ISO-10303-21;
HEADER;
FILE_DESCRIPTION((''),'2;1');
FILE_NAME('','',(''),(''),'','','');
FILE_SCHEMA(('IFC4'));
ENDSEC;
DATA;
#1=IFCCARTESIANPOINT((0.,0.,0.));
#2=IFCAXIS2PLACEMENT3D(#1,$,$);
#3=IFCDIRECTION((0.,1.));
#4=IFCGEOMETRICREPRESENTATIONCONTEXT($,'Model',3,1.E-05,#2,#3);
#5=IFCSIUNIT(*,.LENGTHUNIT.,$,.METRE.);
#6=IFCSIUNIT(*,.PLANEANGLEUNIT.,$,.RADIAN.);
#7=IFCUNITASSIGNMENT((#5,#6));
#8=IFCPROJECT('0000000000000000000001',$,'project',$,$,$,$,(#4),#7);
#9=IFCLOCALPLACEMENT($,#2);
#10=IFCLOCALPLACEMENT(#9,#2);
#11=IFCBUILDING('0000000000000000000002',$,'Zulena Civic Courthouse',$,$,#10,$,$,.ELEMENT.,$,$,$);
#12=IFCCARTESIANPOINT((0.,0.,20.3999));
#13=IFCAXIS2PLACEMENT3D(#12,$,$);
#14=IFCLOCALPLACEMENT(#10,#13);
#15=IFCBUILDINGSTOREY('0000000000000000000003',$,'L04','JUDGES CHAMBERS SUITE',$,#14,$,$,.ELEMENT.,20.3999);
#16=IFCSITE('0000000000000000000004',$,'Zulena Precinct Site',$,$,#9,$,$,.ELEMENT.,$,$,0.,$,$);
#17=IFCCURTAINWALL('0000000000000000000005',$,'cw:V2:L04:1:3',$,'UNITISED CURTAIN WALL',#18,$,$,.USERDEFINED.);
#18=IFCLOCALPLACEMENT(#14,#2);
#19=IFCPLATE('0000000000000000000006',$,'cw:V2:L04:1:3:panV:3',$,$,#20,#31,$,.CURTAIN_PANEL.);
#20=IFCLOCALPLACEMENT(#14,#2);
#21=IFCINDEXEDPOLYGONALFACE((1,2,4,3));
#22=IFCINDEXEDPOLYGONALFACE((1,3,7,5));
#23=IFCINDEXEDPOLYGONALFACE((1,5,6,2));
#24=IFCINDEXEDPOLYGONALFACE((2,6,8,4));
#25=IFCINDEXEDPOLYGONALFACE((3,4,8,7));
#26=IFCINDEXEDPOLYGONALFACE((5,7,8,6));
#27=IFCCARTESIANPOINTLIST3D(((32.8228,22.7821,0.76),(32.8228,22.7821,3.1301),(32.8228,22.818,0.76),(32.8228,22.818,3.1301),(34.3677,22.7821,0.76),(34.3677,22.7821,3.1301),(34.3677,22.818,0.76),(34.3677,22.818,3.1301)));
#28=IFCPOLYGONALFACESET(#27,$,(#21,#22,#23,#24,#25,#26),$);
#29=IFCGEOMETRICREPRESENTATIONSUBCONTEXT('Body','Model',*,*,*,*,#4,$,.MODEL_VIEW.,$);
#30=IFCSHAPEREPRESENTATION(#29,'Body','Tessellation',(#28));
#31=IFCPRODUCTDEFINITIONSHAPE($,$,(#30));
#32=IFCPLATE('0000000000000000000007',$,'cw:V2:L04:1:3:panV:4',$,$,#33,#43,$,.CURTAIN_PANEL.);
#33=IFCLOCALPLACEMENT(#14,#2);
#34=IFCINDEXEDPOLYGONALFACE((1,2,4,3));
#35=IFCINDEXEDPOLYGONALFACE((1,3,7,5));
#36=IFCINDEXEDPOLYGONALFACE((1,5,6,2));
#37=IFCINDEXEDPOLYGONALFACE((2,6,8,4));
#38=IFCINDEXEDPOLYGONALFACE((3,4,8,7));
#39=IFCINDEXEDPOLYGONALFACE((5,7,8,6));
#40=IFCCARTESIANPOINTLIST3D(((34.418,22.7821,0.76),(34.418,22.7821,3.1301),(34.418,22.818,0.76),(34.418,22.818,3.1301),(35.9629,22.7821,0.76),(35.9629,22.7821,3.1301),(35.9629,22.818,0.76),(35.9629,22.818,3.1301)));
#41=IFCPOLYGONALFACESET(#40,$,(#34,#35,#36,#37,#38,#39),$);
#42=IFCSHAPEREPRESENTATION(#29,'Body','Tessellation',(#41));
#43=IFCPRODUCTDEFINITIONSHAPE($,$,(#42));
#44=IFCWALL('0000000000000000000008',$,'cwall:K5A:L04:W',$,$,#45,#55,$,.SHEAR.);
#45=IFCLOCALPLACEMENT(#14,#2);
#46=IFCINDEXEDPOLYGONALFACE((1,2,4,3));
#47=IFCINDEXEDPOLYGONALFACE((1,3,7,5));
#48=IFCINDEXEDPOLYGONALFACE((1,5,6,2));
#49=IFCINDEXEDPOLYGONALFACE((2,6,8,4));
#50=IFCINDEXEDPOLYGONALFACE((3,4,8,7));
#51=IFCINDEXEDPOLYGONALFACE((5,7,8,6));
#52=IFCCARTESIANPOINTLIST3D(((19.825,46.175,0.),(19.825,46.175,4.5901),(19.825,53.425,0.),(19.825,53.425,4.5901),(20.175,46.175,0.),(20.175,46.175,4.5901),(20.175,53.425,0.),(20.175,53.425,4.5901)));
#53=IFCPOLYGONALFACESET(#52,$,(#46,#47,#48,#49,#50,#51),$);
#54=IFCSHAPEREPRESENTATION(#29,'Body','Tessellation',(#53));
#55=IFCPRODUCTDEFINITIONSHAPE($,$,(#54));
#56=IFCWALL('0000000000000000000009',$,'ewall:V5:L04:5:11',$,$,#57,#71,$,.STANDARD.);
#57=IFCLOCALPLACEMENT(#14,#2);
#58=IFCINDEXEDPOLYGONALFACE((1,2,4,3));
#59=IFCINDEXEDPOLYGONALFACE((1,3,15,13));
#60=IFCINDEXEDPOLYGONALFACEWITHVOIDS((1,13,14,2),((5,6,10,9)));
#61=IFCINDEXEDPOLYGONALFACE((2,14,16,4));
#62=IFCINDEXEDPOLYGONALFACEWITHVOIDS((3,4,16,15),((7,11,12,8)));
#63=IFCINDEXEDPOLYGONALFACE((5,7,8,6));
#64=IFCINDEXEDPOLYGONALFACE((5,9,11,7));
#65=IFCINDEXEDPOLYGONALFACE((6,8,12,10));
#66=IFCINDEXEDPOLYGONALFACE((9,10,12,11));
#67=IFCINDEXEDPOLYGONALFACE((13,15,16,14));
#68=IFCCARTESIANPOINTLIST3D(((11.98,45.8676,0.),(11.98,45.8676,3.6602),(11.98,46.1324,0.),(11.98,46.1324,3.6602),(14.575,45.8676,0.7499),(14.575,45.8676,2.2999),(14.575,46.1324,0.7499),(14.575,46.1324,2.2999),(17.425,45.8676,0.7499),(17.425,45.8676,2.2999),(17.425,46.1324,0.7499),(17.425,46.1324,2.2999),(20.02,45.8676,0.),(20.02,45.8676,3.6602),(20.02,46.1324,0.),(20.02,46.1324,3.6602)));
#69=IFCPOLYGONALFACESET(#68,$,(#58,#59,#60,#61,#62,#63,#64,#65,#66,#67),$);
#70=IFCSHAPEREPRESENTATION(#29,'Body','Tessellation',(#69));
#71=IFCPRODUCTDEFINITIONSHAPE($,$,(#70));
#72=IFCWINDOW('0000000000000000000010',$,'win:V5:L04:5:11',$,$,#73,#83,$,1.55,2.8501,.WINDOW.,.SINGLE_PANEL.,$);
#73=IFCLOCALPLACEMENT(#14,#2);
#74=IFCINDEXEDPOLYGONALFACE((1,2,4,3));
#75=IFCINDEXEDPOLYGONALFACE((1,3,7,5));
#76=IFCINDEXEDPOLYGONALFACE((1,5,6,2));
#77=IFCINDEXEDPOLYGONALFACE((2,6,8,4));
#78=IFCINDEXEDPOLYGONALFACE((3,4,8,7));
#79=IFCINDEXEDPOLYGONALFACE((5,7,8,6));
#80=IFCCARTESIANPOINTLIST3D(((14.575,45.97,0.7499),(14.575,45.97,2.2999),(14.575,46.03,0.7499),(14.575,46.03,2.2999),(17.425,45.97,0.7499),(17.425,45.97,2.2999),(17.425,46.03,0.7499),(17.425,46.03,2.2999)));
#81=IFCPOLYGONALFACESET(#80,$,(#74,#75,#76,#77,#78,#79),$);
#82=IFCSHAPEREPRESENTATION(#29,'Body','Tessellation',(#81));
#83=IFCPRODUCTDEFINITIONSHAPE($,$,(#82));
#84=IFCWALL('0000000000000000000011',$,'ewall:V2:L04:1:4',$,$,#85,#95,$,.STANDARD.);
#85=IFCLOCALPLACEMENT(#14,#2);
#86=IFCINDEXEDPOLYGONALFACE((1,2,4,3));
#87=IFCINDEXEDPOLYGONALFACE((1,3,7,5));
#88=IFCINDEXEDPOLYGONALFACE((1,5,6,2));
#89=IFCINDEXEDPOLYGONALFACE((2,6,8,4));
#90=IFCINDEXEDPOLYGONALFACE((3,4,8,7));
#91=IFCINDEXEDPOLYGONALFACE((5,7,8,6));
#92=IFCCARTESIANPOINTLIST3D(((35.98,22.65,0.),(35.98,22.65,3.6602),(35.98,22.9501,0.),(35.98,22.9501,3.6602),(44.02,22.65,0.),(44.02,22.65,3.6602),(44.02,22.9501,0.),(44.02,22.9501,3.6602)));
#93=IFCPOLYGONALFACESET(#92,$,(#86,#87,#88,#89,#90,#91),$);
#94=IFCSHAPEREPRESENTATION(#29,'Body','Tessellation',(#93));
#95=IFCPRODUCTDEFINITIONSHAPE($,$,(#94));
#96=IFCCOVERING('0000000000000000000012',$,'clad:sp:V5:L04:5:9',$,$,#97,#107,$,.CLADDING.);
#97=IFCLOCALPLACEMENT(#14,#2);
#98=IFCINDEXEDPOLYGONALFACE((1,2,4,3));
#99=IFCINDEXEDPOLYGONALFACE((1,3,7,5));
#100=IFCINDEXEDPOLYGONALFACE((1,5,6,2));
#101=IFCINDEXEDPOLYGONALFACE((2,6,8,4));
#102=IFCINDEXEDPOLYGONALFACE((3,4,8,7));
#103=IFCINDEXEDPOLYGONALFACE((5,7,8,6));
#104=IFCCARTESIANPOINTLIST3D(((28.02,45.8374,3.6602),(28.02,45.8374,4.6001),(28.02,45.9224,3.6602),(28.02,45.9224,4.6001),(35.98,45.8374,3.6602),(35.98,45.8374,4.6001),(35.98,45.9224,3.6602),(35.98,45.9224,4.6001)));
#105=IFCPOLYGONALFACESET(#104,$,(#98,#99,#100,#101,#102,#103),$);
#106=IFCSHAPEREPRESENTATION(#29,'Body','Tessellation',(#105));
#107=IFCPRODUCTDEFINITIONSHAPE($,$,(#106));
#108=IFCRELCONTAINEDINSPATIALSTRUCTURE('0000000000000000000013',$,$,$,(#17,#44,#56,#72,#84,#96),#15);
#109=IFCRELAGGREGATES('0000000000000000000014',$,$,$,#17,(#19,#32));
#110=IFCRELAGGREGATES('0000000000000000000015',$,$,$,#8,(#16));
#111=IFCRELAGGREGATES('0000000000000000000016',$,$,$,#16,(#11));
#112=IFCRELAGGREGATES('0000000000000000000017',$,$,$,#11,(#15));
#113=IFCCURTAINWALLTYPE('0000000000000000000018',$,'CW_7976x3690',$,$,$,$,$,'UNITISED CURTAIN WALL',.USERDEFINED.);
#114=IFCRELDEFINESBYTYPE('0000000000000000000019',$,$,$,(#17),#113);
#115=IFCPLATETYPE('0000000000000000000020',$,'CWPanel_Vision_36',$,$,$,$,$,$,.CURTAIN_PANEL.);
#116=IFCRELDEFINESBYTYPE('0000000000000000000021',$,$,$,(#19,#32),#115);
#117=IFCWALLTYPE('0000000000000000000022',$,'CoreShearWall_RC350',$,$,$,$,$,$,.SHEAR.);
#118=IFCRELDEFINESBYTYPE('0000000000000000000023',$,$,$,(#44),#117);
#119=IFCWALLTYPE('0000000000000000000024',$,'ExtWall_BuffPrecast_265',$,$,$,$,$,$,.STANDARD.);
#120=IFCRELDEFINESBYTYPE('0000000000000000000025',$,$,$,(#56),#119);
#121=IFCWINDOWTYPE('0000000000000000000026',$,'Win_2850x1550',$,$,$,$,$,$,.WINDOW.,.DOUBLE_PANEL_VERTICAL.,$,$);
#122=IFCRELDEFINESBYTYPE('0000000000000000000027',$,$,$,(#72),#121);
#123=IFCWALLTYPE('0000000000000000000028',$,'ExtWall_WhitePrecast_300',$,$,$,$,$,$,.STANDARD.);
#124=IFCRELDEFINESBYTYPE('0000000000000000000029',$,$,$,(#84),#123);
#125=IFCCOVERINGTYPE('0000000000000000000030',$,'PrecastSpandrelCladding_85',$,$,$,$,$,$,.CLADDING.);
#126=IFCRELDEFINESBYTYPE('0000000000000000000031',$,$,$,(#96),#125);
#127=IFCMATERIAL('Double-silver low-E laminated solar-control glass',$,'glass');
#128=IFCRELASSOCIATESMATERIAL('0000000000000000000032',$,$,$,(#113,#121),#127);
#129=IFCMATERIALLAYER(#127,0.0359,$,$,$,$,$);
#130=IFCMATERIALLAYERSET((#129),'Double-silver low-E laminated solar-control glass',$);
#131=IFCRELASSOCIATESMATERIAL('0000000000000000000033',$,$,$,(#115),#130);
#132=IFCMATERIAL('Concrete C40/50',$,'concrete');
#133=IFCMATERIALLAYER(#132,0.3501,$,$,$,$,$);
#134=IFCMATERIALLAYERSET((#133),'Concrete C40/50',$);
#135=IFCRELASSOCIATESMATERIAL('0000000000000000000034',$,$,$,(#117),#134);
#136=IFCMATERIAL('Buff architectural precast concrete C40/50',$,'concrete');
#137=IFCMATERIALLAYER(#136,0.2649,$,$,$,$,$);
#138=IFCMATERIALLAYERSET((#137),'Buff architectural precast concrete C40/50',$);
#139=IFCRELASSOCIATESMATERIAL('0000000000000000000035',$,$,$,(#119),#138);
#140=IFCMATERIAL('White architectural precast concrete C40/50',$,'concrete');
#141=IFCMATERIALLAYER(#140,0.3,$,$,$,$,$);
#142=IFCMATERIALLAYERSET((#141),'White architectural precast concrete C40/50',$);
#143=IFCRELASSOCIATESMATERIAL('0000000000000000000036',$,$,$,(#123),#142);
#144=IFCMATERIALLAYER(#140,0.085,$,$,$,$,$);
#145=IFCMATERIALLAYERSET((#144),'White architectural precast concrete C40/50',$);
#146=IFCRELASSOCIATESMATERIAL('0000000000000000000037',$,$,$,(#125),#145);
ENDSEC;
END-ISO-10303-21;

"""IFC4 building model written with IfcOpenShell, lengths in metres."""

from ifc_helpers import new_model, si_unit, direction, frame, frame_2d, origin, origin_2d, place, context, subcontext, project, spatial, rectangle, extrude, material, layer, layer_set, type_object, element, fill, aggregate, save


model = new_model("IFC4")

# Units and contexts
model_context = context("Model", 3, precision=1e-05, world=origin(), true_north=direction((0.0, 1.0)))
body_context = subcontext(model_context, "Body", "Model", "MODEL_VIEW")
ifc_project = project(units=[si_unit("LENGTHUNIT", "METRE"), si_unit("PLANEANGLEUNIT", "RADIAN")], contexts=[model_context])

# Site, building, storey
site_placement = place(None, origin())
site = spatial("IfcSite", under=ifc_project, at=site_placement, Name="Zulena Precinct Site", CompositionType="ELEMENT", RefElevation=0.0)
building_placement = place(site_placement, origin())
building = spatial("IfcBuilding", under=site, at=building_placement, Name="Zulena Civic Courthouse", CompositionType="ELEMENT")
storey_placement = place(building_placement, frame((0.0, 0.0, 20.3999)))
storey = spatial("IfcBuildingStorey", under=building, at=storey_placement, Name="L04", Description="JUDGES CHAMBERS SUITE", CompositionType="ELEMENT", Elevation=20.3999)

# Curtain wall
ifc_material_1 = material(Name="Double-silver low-E laminated solar-control glass", Category="glass")
curtain_wall_type = type_object("IfcCurtainWallType", Name="CW_7976x3690", ElementType="UNITISED CURTAIN WALL", PredefinedType="USERDEFINED", material=ifc_material_1)
curtain_wall_placement = place(storey_placement, origin())
curtain_wall = element("IfcCurtainWall", 1, at=curtain_wall_placement, inside=storey, type_object=curtain_wall_type, Name="cw:V2:L04:1:3", ObjectType="UNITISED CURTAIN WALL", PredefinedType="USERDEFINED")

# Plates
ifc_layer_1 = layer(ifc_material_1, 0.0359)
ifc_layer_set_1 = layer_set([ifc_layer_1], Name="Double-silver low-E laminated solar-control glass")
plate_type_1 = type_object("IfcPlateType", Name="CWPanel_Vision_36", PredefinedType="CURTAIN_PANEL", material=ifc_layer_set_1)
plate_1_placement = place(storey_placement, frame((33.5952, 22.8, 0.76), z_axis=(0.0, 0.0, 1.0), x_axis=(1.0, 0.0, 0.0)))
plate_1 = element("IfcPlate", 2, at=plate_1_placement, type_object=plate_type_1, Name="cw:V2:L04:1:3:panV:3", PredefinedType="CURTAIN_PANEL", context=body_context, shape_type="SweptSolid", body=[
    extrude(rectangle(XDim=1.5449, YDim=0.0359, at=origin_2d()), origin(), (0.0, 0.0, 1.0), 2.3701),
])
plate_2_placement = place(storey_placement, frame((35.1904, 22.8, 0.76), z_axis=(0.0, 0.0, 1.0), x_axis=(1.0, 0.0, 0.0)))
plate_2 = element("IfcPlate", 3, at=plate_2_placement, type_object=plate_type_1, Name="cw:V2:L04:1:3:panV:4", PredefinedType="CURTAIN_PANEL", context=body_context, shape_type="SweptSolid", body=[
    extrude(rectangle(XDim=1.5449, YDim=0.0359, at=origin_2d()), origin(), (0.0, 0.0, 1.0), 2.3701),
])
aggregate(curtain_wall, [plate_1, plate_2])

# Wall
ifc_material_2 = material(Name="Concrete C40/50", Category="concrete")
ifc_layer_2 = layer(ifc_material_2, 0.3501)
ifc_layer_set_2 = layer_set([ifc_layer_2], Name="Concrete C40/50")
wall_type_1 = type_object("IfcWallType", Name="CoreShearWall_RC350", PredefinedType="SHEAR", material=ifc_layer_set_2)
wall_1_placement = place(storey_placement, frame((20.0, 46.175, 0.0), z_axis=(0.0, 0.0, 1.0), x_axis=(0.0, 1.0, 0.0)))
element("IfcWall", 4, at=wall_1_placement, inside=storey, type_object=wall_type_1, Name="cwall:K5A:L04:W", PredefinedType="SHEAR", context=body_context, shape_type="SweptSolid", body=[
    extrude(rectangle(XDim=7.25, YDim=0.3501, at=frame_2d((3.625, 0.0))), origin(), (0.0, 0.0, 1.0), 4.5901),
])

# Wall, opening, window
ifc_material_3 = material(Name="Buff architectural precast concrete C40/50", Category="concrete")
ifc_layer_3 = layer(ifc_material_3, 0.2649)
ifc_layer_set_3 = layer_set([ifc_layer_3], Name="Buff architectural precast concrete C40/50")
wall_type_2 = type_object("IfcWallType", Name="ExtWall_BuffPrecast_265", PredefinedType="STANDARD", material=ifc_layer_set_3)
wall_2_placement = place(storey_placement, frame((20.02, 46.0, 0.0), z_axis=(0.0, 0.0, 1.0), x_axis=(-1.0, 0.0, 0.0)))
wall_2 = element("IfcWall", 5, at=wall_2_placement, inside=storey, type_object=wall_type_2, Name="ewall:V5:L04:5:11", PredefinedType="STANDARD", context=body_context, shape_type="SweptSolid", body=[
    extrude(rectangle(XDim=8.04, YDim=0.2649, at=frame_2d((4.02, 0.0))), origin(), (0.0, 0.0, 1.0), 3.6602),
])
opening_placement = place(wall_2_placement, frame((2.595, 0.0, 0.75)))
opening = element("IfcOpeningElement", 6, at=opening_placement, cuts=wall_2, PredefinedType="OPENING", context=body_context, shape_type="SweptSolid", body=[
    extrude(rectangle(XDim=2.8501, YDim=1.55, at=frame_2d((1.425, 0.7749))), frame((0.0, 0.1423, 0.0), z_axis=(0.0, -1.0, 0.0), x_axis=(1.0, 0.0, 0.0)), (0.0, 0.0, 1.0), 0.2849),
])
window_type = type_object("IfcWindowType", Name="Win_2850x1550", PartitioningType="DOUBLE_PANEL_VERTICAL", PredefinedType="WINDOW", material=ifc_material_1)
window_placement = place(opening_placement, origin())
window = element("IfcWindow", 7, at=window_placement, inside=storey, type_object=window_type, Name="win:V5:L04:5:11", OverallHeight=1.55, OverallWidth=2.8501, PartitioningType="SINGLE_PANEL", PredefinedType="WINDOW", context=body_context, shape_type="SweptSolid", body=[
    extrude(rectangle(XDim=2.8501, YDim=1.55, at=frame_2d((1.425, 0.7749))), frame((0.0, 0.03, 0.0), z_axis=(0.0, -1.0, 0.0), x_axis=(1.0, 0.0, 0.0)), (0.0, 0.0, 1.0), 0.0601),
])
fill(opening, window)

# Wall
ifc_material_4 = material(Name="White architectural precast concrete C40/50", Category="concrete")
ifc_layer_4 = layer(ifc_material_4, 0.3)
ifc_layer_set_4 = layer_set([ifc_layer_4], Name="White architectural precast concrete C40/50")
wall_type_3 = type_object("IfcWallType", Name="ExtWall_WhitePrecast_300", PredefinedType="STANDARD", material=ifc_layer_set_4)
wall_3_placement = place(storey_placement, frame((35.98, 22.8, 0.0), z_axis=(0.0, 0.0, 1.0), x_axis=(1.0, 0.0, 0.0)))
element("IfcWall", 8, at=wall_3_placement, inside=storey, type_object=wall_type_3, Name="ewall:V2:L04:1:4", PredefinedType="STANDARD", context=body_context, shape_type="SweptSolid", body=[
    extrude(rectangle(XDim=8.04, YDim=0.3, at=frame_2d((4.02, 0.0))), origin(), (0.0, 0.0, 1.0), 3.6602),
])

# Covering
ifc_layer_5 = layer(ifc_material_4, 0.085)
ifc_layer_set_5 = layer_set([ifc_layer_5], Name="White architectural precast concrete C40/50")
covering_type = type_object("IfcCoveringType", Name="PrecastSpandrelCladding_85", PredefinedType="CLADDING", material=ifc_layer_set_5)
covering_placement = place(storey_placement, frame((32.0, 45.8799, 3.6602), z_axis=(0.0, 0.0, 1.0), x_axis=(-1.0, 0.0, 0.0)))
element("IfcCovering", 9, at=covering_placement, inside=storey, type_object=covering_type, Name="clad:sp:V5:L04:5:9", PredefinedType="CLADDING", context=body_context, shape_type="SweptSolid", body=[
    extrude(rectangle(XDim=7.96, YDim=0.085, at=origin_2d()), origin(), (0.0, 0.0, 1.0), 0.9399),
])

save(model, "model.ifc")
